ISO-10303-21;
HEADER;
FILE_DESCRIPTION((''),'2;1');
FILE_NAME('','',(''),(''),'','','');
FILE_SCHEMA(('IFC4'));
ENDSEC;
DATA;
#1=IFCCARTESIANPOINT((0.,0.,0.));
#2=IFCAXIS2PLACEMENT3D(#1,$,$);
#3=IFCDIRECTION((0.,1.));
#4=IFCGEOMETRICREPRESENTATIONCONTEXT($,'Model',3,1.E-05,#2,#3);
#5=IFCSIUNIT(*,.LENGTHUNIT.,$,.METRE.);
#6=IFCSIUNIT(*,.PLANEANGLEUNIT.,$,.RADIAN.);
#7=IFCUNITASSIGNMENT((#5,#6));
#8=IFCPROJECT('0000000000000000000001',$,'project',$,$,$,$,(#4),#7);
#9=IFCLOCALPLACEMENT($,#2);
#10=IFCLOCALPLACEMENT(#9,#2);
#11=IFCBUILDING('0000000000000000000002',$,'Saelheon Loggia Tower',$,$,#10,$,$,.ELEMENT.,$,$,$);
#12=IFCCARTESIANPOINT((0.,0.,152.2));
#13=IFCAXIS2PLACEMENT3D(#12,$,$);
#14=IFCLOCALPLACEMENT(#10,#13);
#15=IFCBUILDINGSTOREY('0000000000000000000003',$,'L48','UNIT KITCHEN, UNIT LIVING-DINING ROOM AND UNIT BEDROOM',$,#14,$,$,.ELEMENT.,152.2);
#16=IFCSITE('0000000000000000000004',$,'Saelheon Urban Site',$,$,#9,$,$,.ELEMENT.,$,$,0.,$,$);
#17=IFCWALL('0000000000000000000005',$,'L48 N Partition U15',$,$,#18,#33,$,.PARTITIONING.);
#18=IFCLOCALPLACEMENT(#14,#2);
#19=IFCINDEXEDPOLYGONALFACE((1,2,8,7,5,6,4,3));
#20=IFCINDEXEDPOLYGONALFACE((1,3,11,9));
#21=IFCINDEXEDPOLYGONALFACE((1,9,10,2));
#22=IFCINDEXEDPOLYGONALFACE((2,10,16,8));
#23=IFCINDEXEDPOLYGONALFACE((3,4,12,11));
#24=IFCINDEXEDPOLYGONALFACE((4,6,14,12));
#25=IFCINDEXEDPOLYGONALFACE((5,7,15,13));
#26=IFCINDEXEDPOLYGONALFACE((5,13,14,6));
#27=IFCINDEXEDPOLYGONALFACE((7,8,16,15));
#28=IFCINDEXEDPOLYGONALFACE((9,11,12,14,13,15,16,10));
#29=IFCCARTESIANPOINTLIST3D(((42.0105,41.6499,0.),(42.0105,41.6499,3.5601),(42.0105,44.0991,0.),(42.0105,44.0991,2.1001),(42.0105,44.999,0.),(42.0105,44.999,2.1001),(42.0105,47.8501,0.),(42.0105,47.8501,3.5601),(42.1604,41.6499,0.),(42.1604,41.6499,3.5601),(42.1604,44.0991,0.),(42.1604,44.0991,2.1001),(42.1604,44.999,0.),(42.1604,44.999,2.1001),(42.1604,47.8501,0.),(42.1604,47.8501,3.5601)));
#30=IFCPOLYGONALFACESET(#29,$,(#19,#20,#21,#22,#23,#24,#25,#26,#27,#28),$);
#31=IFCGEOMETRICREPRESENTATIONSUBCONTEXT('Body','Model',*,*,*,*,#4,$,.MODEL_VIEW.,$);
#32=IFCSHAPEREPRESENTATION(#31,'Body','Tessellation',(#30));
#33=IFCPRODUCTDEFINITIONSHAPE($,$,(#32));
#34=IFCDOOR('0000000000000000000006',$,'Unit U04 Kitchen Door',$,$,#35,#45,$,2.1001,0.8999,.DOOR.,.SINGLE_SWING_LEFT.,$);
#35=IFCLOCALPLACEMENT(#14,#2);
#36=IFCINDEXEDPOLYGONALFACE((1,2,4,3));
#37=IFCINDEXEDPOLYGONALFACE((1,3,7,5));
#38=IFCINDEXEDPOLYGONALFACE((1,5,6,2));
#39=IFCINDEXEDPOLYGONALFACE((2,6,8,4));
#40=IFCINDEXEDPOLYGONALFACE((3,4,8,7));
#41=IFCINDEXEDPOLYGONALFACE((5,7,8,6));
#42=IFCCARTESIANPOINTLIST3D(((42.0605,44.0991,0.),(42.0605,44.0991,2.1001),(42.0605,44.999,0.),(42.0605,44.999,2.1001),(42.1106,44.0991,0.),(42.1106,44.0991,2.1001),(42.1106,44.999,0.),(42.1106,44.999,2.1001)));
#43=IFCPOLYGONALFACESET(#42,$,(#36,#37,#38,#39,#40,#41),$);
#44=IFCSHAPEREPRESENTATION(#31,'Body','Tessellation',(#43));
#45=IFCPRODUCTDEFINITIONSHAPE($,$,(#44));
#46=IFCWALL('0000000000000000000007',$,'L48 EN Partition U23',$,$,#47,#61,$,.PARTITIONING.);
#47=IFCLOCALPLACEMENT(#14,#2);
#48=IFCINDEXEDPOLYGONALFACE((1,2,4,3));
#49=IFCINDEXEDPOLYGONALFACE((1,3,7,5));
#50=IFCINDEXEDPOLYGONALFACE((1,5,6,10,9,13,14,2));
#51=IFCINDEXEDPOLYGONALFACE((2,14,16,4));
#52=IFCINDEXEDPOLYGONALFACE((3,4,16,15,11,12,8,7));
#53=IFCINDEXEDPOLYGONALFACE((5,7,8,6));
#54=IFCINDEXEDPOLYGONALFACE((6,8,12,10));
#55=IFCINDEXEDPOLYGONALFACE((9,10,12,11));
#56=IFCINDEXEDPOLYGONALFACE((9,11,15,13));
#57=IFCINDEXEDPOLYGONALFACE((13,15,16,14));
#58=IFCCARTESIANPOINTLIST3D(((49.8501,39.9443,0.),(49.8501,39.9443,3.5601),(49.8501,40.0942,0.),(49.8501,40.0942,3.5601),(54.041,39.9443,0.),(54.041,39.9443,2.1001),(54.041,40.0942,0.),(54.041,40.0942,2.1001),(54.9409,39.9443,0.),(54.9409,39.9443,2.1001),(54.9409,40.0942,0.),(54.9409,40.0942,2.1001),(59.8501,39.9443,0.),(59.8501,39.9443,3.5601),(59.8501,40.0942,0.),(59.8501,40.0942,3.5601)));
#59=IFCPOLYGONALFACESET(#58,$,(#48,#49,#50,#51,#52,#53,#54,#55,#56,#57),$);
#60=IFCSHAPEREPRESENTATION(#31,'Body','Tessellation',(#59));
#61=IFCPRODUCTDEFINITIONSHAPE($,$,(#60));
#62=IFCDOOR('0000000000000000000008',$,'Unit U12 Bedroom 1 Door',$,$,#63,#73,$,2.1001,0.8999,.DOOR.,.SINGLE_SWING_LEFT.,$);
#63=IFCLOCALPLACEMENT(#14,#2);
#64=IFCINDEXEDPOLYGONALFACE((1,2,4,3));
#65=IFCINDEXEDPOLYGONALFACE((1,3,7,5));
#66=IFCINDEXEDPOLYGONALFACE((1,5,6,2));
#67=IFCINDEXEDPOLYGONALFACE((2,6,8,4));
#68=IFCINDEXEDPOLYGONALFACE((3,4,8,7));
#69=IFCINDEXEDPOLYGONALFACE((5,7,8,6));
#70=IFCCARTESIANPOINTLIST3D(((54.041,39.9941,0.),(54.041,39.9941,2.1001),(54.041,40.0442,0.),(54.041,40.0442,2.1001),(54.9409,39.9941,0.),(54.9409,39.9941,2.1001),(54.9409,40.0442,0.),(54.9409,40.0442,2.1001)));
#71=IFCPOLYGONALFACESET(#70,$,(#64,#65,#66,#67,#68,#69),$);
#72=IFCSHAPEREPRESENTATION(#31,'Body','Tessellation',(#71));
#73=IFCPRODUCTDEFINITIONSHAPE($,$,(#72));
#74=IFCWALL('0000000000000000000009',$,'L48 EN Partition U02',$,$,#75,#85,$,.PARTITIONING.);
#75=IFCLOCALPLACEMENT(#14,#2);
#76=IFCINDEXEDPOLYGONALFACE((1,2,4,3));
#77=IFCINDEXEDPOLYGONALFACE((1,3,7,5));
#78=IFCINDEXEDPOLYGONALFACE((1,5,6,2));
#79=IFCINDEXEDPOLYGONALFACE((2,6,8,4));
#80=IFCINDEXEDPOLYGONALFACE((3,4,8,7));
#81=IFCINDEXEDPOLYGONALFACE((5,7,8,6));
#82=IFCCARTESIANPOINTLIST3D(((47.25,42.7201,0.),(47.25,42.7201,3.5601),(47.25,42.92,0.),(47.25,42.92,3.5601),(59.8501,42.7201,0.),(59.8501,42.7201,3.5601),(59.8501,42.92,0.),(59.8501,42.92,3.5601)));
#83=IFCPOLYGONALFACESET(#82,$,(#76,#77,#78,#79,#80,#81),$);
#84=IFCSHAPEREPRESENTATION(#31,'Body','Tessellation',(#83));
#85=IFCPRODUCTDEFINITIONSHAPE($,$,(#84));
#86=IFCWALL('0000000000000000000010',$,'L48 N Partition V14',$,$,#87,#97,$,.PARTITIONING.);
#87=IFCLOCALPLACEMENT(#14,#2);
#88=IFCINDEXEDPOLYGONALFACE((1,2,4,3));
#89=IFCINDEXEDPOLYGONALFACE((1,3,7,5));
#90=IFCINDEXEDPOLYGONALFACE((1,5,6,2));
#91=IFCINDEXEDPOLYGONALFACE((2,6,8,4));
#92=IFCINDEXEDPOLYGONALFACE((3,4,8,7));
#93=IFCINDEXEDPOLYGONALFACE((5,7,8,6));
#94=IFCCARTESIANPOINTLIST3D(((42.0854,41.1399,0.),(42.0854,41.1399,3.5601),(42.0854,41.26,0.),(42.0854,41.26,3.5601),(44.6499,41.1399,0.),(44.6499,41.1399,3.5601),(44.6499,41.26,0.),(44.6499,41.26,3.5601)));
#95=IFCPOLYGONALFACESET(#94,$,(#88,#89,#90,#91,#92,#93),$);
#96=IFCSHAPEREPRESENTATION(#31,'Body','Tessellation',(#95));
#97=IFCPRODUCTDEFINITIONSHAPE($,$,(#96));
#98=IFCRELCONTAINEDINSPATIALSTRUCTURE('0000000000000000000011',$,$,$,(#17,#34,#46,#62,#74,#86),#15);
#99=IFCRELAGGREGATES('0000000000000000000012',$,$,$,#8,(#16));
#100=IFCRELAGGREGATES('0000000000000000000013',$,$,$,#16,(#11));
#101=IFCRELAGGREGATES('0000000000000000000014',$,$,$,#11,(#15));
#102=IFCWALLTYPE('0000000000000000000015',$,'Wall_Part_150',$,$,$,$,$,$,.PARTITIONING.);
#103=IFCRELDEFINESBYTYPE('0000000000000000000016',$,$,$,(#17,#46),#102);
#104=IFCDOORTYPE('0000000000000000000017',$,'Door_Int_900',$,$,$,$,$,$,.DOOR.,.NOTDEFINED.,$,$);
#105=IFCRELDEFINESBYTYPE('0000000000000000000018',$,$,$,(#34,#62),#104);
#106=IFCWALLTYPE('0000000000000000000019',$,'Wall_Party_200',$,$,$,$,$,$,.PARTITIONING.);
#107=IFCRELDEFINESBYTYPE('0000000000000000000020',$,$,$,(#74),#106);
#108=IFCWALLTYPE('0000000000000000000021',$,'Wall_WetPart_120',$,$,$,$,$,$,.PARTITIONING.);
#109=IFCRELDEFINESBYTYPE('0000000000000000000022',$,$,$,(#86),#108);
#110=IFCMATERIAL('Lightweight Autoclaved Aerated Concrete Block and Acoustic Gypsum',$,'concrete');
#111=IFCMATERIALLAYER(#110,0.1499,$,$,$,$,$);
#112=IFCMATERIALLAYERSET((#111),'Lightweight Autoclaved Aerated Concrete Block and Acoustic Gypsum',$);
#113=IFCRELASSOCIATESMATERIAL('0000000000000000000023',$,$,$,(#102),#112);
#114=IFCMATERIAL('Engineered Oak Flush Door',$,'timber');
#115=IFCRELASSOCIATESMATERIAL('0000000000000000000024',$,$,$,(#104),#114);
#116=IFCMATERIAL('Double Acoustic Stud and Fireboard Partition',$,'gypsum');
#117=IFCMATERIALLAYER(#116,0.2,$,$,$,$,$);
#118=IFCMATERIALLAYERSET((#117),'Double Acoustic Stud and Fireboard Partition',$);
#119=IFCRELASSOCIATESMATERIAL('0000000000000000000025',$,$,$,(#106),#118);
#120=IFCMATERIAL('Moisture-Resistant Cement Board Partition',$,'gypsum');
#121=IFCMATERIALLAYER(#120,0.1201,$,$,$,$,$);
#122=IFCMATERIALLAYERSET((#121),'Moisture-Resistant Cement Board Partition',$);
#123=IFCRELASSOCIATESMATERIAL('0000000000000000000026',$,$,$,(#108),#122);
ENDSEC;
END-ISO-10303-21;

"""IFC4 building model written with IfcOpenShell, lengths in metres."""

from ifc_helpers import new_model, si_unit, direction, frame, frame_2d, origin, place, context, subcontext, project, spatial, rectangle, extrude, source, transform, mapped, material, layer, layer_set, type_object, element, fill, save


model = new_model("IFC4")

# Units and contexts
model_context = context("Model", 3, precision=1e-05, world=origin(), true_north=direction((0.0, 1.0)))
body_context = subcontext(model_context, "Body", "Model", "MODEL_VIEW")
ifc_project = project(units=[si_unit("LENGTHUNIT", "METRE"), si_unit("PLANEANGLEUNIT", "RADIAN")], contexts=[model_context])

# Site, building, storey
site_placement = place(None, origin())
site = spatial("IfcSite", under=ifc_project, at=site_placement, Name="Saelheon Urban Site", CompositionType="ELEMENT", RefElevation=0.0)
building_placement = place(site_placement, origin())
building = spatial("IfcBuilding", under=site, at=building_placement, Name="Saelheon Loggia Tower", CompositionType="ELEMENT")
storey_placement = place(building_placement, frame((0.0, 0.0, 152.2)))
storey = spatial("IfcBuildingStorey", under=building, at=storey_placement, Name="L48", Description="UNIT KITCHEN, UNIT LIVING-DINING ROOM AND UNIT BEDROOM", CompositionType="ELEMENT", Elevation=152.2)

# Walls, openings, doors
ifc_material_1 = material(Name="Lightweight Autoclaved Aerated Concrete Block and Acoustic Gypsum", Category="concrete")
ifc_layer_1 = layer(ifc_material_1, 0.1499)
ifc_layer_set_1 = layer_set([ifc_layer_1], Name="Lightweight Autoclaved Aerated Concrete Block and Acoustic Gypsum")
wall_type_1 = type_object("IfcWallType", Name="Wall_Part_150", PredefinedType="PARTITIONING", material=ifc_layer_set_1)
wall_1_placement = place(storey_placement, frame((42.0854, 41.6499, 0.0), z_axis=(0.0, 0.0, 1.0), x_axis=(0.0, 1.0, 0.0)))
wall_1 = element("IfcWall", 1, at=wall_1_placement, inside=storey, type_object=wall_type_1, Name="L48 N Partition U15", PredefinedType="PARTITIONING", context=body_context, shape_type="SweptSolid", body=[
    extrude(rectangle(XDim=6.2002, YDim=0.1499, at=frame_2d((3.1001, 0.0))), origin(), (0.0, 0.0, 1.0), 3.5601),
])
opening_1_placement = place(wall_1_placement, frame((2.4492, 0.0, 0.0)))
opening_1 = element("IfcOpeningElement", 2, at=opening_1_placement, cuts=wall_1, PredefinedType="OPENING", context=body_context, shape_type="SweptSolid", body=[
    extrude(rectangle(XDim=0.8999, YDim=2.1001, at=frame_2d((0.45, 1.05))), frame((0.0, 0.0869, 0.0), z_axis=(0.0, -1.0, 0.0), x_axis=(1.0, 0.0, 0.0)), (0.0, 0.0, 1.0), 0.1738),
])
ifc_material_2 = material(Name="Engineered Oak Flush Door", Category="timber")
door_type = type_object("IfcDoorType", Name="Door_Int_900", OperationType="NOTDEFINED", PredefinedType="DOOR", material=ifc_material_2)
shared_shape_1 = source(origin(), body_context, "Body", "SweptSolid", [
    extrude(rectangle(XDim=0.8999, YDim=2.1001, at=frame_2d((0.45, 1.05))), frame((0.0, 0.0249, 0.0), z_axis=(0.0, -1.0, 0.0), x_axis=(1.0, 0.0, 0.0)), (0.0, 0.0, 1.0), 0.05),
])
door_1_placement = place(opening_1_placement, origin())
door_1 = element("IfcDoor", 3, at=door_1_placement, inside=storey, type_object=door_type, Name="Unit U04 Kitchen Door", OperationType="SINGLE_SWING_LEFT", OverallHeight=2.1001, OverallWidth=0.8999, PredefinedType="DOOR", context=body_context, shape_type="MappedRepresentation", body=[
    mapped(shared_shape_1, transform((0.0, 0.0, 0.0), scale=1.0)),
])
fill(opening_1, door_1)
wall_2_placement = place(storey_placement, frame((49.8501, 40.0193, 0.0), z_axis=(0.0, 0.0, 1.0), x_axis=(1.0, 0.0, 0.0)))
wall_2 = element("IfcWall", 4, at=wall_2_placement, inside=storey, type_object=wall_type_1, Name="L48 EN Partition U23", PredefinedType="PARTITIONING", context=body_context, shape_type="SweptSolid", body=[
    extrude(rectangle(XDim=10.0, YDim=0.1499, at=frame_2d((5.0, 0.0))), origin(), (0.0, 0.0, 1.0), 3.5601),
])
opening_2_placement = place(wall_2_placement, frame((4.1909, 0.0, 0.0)))
opening_2 = element("IfcOpeningElement", 5, at=opening_2_placement, cuts=wall_2, PredefinedType="OPENING", context=body_context, shape_type="SweptSolid", body=[
    extrude(rectangle(XDim=0.8999, YDim=2.1001, at=frame_2d((0.45, 1.05))), frame((0.0, 0.0869, 0.0), z_axis=(0.0, -1.0, 0.0), x_axis=(1.0, 0.0, 0.0)), (0.0, 0.0, 1.0), 0.1738),
])
door_2_placement = place(opening_2_placement, origin())
door_2 = element("IfcDoor", 6, at=door_2_placement, inside=storey, type_object=door_type, Name="Unit U12 Bedroom 1 Door", OperationType="SINGLE_SWING_LEFT", OverallHeight=2.1001, OverallWidth=0.8999, PredefinedType="DOOR", context=body_context, shape_type="MappedRepresentation", body=[
    mapped(shared_shape_1, transform((0.0, 0.0, 0.0), scale=1.0)),
])
fill(opening_2, door_2)

# Walls
ifc_material_3 = material(Name="Double Acoustic Stud and Fireboard Partition", Category="gypsum")
ifc_layer_2 = layer(ifc_material_3, 0.2)
ifc_layer_set_2 = layer_set([ifc_layer_2], Name="Double Acoustic Stud and Fireboard Partition")
wall_type_2 = type_object("IfcWallType", Name="Wall_Party_200", PredefinedType="PARTITIONING", material=ifc_layer_set_2)
wall_3_placement = place(storey_placement, frame((47.25, 42.8201, 0.0), z_axis=(0.0, 0.0, 1.0), x_axis=(1.0, 0.0, 0.0)))
element("IfcWall", 7, at=wall_3_placement, inside=storey, type_object=wall_type_2, Name="L48 EN Partition U02", PredefinedType="PARTITIONING", context=body_context, shape_type="SweptSolid", body=[
    extrude(rectangle(XDim=12.6001, YDim=0.2, at=frame_2d((6.3, 0.0))), origin(), (0.0, 0.0, 1.0), 3.5601),
])
ifc_material_4 = material(Name="Moisture-Resistant Cement Board Partition", Category="gypsum")
ifc_layer_3 = layer(ifc_material_4, 0.1201)
ifc_layer_set_3 = layer_set([ifc_layer_3], Name="Moisture-Resistant Cement Board Partition")
wall_type_3 = type_object("IfcWallType", Name="Wall_WetPart_120", PredefinedType="PARTITIONING", material=ifc_layer_set_3)
wall_4_placement = place(storey_placement, frame((42.0854, 41.2, 0.0), z_axis=(0.0, 0.0, 1.0), x_axis=(1.0, 0.0, 0.0)))
element("IfcWall", 8, at=wall_4_placement, inside=storey, type_object=wall_type_3, Name="L48 N Partition V14", PredefinedType="PARTITIONING", context=body_context, shape_type="SweptSolid", body=[
    extrude(rectangle(XDim=2.5645, YDim=0.1201, at=frame_2d((1.2822, 0.0))), origin(), (0.0, 0.0, 1.0), 3.5601),
])

save(model, "model.ifc")
